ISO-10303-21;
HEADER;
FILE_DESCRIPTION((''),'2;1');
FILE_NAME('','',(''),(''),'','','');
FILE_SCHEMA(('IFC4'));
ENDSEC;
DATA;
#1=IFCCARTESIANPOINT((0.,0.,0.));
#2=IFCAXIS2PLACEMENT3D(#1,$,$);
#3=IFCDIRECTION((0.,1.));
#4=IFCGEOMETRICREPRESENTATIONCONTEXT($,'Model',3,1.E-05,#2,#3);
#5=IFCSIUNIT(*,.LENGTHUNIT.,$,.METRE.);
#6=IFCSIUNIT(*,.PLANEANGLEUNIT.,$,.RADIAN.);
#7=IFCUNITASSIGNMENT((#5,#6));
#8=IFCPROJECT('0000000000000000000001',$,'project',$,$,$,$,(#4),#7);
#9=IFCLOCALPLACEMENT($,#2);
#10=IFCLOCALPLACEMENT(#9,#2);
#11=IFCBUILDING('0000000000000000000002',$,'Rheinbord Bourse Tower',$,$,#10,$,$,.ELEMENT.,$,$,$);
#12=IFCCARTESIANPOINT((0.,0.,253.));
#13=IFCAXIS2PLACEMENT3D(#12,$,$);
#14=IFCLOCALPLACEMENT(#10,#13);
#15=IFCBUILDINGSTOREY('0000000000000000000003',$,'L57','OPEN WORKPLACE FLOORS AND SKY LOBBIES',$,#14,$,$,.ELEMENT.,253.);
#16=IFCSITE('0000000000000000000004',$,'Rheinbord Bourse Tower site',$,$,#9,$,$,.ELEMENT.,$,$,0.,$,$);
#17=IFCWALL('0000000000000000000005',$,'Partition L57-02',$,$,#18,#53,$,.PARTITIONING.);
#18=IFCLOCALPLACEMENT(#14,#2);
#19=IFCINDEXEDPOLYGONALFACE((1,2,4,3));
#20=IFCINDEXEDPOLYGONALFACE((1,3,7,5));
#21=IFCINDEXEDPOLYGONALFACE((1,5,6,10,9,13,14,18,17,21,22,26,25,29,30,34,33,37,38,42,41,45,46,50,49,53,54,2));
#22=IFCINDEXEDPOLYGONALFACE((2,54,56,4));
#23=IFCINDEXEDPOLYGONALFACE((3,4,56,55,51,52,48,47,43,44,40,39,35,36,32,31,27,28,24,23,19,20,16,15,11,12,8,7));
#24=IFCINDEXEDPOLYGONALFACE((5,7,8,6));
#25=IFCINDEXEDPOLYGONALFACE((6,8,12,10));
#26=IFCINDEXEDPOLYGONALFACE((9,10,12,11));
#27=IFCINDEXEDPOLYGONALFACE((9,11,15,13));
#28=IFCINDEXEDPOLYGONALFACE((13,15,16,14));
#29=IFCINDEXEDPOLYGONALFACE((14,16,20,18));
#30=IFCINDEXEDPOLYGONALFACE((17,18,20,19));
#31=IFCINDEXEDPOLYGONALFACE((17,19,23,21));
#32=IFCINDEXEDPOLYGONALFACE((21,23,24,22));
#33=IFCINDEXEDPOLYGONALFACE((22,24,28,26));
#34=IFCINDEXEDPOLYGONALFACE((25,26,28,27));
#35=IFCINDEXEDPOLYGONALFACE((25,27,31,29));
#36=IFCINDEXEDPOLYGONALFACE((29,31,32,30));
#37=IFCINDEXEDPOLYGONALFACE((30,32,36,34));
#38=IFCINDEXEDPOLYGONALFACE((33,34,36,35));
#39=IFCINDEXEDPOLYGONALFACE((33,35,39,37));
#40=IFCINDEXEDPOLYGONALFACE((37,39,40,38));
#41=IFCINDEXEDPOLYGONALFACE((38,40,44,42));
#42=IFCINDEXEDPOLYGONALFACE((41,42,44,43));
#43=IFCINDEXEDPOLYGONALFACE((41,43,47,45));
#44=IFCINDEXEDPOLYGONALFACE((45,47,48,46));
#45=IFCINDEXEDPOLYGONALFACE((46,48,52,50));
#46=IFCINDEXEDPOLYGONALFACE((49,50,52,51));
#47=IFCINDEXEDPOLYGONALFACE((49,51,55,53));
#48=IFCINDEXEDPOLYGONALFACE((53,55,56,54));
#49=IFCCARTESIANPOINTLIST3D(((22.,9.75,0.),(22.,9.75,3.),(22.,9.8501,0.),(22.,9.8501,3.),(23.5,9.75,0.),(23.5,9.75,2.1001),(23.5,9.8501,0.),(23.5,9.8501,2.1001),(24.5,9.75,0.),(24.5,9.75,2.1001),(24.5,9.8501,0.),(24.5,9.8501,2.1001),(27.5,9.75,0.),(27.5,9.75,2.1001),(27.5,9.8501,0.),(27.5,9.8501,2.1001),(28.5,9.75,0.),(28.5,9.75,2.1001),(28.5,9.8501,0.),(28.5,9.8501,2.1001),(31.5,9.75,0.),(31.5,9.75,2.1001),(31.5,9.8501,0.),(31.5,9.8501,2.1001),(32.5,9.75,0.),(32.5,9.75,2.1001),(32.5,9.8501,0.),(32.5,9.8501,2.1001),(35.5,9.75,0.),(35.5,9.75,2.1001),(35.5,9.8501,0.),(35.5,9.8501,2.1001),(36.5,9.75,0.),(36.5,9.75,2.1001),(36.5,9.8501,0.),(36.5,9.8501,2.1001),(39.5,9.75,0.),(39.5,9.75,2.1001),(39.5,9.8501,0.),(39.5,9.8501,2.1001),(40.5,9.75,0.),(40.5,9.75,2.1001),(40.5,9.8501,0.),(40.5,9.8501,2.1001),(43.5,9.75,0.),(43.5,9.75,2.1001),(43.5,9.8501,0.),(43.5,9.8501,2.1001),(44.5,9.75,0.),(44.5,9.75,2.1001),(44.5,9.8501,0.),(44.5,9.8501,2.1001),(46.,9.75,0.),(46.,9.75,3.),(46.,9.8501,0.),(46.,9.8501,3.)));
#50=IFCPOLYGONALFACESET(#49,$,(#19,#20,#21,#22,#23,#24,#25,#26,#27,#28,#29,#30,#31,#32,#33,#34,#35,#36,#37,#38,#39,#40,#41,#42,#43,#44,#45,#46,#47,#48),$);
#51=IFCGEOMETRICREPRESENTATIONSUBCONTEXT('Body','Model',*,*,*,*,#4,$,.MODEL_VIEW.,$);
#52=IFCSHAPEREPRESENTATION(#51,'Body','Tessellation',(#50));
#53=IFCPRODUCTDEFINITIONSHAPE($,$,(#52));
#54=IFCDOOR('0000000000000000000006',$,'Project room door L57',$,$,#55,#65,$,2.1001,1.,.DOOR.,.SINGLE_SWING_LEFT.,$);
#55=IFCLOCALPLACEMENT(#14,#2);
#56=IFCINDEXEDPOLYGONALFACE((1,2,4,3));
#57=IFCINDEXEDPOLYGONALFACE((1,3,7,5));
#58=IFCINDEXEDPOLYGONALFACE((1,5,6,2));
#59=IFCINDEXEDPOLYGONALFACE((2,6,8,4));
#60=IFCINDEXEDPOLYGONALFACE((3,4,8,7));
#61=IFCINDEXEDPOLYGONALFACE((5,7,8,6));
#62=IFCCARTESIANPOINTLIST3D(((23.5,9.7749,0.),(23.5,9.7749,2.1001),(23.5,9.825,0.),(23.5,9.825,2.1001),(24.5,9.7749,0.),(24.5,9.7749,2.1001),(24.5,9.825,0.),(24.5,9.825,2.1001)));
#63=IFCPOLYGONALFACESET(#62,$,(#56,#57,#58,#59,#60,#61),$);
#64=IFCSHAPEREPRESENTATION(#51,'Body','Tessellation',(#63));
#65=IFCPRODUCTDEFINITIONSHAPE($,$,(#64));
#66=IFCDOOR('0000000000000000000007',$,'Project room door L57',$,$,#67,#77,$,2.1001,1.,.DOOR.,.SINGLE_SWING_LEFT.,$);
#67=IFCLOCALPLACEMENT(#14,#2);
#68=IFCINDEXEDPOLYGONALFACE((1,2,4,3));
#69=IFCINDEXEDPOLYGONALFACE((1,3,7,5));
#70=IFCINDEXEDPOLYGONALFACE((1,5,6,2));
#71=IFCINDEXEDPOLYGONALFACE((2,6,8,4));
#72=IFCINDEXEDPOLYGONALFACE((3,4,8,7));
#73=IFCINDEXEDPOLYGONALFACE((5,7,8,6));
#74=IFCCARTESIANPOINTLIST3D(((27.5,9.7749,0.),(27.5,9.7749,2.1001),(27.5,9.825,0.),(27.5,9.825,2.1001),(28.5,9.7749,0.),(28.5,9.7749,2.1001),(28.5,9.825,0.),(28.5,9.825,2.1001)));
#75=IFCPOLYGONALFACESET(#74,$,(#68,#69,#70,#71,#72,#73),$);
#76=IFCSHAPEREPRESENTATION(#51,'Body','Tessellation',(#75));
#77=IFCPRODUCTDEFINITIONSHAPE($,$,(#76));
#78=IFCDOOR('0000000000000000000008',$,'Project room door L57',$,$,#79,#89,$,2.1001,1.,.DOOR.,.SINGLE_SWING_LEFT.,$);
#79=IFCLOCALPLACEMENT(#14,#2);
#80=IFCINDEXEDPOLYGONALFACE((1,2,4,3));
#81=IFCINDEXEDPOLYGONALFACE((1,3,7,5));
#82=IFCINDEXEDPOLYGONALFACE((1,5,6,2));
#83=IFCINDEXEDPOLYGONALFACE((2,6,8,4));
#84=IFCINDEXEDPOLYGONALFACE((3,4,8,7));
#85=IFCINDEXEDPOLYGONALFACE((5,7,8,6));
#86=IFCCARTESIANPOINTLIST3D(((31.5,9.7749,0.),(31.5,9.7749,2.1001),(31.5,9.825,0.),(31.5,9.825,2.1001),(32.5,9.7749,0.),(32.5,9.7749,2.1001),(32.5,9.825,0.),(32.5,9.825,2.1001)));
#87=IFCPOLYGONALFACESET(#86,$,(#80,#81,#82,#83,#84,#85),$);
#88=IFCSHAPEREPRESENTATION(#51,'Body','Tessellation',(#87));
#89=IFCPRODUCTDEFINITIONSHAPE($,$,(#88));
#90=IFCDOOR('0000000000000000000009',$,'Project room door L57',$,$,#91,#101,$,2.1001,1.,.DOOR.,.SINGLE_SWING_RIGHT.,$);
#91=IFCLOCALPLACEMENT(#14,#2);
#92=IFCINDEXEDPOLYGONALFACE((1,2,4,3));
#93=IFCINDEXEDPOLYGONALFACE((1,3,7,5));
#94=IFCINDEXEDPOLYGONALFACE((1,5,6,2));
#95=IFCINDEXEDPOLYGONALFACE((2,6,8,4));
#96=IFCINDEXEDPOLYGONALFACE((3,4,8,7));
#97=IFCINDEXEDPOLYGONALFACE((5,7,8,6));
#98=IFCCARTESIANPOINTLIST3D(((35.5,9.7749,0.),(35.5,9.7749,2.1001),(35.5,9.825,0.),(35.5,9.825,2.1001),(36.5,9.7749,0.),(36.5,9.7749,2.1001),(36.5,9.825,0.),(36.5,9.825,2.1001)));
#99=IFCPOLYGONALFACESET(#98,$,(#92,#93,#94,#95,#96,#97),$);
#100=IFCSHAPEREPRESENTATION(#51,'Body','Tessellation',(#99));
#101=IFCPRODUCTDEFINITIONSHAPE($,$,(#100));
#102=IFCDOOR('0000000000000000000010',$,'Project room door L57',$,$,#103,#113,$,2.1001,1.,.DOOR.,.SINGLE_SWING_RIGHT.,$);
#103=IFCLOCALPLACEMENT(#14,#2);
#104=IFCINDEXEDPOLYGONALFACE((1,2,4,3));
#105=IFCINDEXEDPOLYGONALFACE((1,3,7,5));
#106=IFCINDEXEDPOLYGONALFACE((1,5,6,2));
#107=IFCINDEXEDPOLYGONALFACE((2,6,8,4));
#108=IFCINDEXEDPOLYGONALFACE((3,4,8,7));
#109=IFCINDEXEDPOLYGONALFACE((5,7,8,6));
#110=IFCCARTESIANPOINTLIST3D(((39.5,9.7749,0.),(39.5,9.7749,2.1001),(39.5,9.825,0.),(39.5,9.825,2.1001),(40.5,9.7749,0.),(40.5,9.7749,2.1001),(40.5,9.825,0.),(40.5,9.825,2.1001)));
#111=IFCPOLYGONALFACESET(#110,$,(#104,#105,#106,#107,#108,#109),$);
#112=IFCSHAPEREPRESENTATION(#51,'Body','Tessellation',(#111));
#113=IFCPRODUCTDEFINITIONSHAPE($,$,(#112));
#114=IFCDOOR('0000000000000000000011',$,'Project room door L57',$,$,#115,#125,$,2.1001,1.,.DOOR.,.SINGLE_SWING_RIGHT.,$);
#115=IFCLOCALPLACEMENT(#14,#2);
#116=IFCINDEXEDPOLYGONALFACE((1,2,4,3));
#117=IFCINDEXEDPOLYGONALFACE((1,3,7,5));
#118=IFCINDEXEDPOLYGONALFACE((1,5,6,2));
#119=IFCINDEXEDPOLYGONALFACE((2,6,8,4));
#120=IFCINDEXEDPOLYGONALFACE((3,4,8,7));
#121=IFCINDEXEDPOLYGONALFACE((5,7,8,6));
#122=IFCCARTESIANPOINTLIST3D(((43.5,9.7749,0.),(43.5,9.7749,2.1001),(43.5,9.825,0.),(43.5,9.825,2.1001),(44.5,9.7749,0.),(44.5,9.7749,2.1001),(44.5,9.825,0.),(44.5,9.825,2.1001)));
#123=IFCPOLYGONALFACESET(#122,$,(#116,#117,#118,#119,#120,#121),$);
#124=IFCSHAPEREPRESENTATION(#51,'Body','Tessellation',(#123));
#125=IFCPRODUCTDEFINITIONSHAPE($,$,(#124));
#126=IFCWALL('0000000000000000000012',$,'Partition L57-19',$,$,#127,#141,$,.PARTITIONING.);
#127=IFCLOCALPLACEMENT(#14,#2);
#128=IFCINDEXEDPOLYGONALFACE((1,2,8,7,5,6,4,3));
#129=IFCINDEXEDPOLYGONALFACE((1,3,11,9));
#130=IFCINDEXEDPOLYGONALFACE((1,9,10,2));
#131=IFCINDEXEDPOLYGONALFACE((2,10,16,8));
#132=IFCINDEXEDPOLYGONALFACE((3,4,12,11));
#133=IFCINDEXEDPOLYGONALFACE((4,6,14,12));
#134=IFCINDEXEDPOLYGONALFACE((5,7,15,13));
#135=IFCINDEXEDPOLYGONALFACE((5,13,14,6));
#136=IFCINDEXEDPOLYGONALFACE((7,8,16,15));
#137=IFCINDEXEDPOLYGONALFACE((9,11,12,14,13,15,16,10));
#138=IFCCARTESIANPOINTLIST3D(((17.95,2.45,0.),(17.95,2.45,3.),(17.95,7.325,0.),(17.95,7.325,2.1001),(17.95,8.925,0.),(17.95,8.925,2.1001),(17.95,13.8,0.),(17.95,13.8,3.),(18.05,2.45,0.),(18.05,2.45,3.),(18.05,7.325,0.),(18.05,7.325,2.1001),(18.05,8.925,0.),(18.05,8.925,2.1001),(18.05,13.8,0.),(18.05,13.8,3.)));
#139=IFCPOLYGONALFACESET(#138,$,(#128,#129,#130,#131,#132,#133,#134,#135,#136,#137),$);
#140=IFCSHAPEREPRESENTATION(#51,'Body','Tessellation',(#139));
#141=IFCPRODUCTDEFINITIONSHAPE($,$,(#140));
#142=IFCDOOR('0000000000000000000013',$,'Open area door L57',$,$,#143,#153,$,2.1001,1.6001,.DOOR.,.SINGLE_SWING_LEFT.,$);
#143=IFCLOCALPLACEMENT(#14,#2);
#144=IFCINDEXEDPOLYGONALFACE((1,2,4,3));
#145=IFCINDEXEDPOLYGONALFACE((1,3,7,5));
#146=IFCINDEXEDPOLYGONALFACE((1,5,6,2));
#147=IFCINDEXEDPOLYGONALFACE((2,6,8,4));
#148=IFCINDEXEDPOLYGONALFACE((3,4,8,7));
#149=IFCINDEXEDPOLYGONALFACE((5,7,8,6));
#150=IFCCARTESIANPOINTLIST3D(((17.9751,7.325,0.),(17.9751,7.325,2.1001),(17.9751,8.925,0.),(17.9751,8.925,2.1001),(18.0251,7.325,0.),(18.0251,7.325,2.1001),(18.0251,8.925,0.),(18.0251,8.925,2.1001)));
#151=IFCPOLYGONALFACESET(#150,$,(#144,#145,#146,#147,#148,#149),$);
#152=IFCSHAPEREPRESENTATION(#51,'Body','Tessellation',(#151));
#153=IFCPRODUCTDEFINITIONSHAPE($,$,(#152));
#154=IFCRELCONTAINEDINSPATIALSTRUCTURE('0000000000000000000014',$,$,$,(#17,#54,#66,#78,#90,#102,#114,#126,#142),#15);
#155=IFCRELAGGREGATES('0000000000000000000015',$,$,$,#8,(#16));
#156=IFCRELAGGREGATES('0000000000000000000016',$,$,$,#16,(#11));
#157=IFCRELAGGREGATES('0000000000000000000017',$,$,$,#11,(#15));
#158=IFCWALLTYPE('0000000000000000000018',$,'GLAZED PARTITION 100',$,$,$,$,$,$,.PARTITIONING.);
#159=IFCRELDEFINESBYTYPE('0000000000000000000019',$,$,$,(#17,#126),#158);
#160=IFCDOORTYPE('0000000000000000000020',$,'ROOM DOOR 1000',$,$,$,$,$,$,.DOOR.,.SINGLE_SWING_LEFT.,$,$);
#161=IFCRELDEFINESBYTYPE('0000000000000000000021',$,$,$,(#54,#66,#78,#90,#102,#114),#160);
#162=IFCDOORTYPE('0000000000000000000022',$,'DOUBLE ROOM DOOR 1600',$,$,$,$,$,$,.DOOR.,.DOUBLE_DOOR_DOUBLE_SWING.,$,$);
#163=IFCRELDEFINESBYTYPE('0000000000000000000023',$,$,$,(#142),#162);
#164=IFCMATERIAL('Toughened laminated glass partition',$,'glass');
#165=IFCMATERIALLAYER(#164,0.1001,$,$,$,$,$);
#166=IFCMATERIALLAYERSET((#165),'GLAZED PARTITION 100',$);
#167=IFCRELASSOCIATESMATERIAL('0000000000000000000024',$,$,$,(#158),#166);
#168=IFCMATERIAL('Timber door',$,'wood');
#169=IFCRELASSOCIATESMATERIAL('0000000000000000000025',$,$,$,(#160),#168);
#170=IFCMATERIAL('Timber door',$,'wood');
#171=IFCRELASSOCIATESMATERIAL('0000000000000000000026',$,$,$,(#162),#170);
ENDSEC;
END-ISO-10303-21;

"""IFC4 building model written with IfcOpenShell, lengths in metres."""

from ifc_helpers import new_model, si_unit, direction, frame, frame_2d, origin, place, context, subcontext, project, spatial, rectangle, extrude, material, layer, layer_set, type_object, element, fill, save


model = new_model("IFC4")

# Units and contexts
model_context = context("Model", 3, precision=1e-05, world=origin(), true_north=direction((0.0, 1.0)))
body_context = subcontext(model_context, "Body", "Model", "MODEL_VIEW")
ifc_project = project(units=[si_unit("LENGTHUNIT", "METRE"), si_unit("PLANEANGLEUNIT", "RADIAN")], contexts=[model_context])

# Site, building, storey
site_placement = place(None, origin())
site = spatial("IfcSite", under=ifc_project, at=site_placement, Name="Rheinbord Bourse Tower site", CompositionType="ELEMENT", RefElevation=0.0)
building_placement = place(site_placement, origin())
building = spatial("IfcBuilding", under=site, at=building_placement, Name="Rheinbord Bourse Tower", CompositionType="ELEMENT")
storey_placement = place(building_placement, frame((0.0, 0.0, 253.0)))
storey = spatial("IfcBuildingStorey", under=building, at=storey_placement, Name="L57", Description="OPEN WORKPLACE FLOORS AND SKY LOBBIES", CompositionType="ELEMENT", Elevation=253.0)

# Wall, openings, doors
ifc_material_1 = material(Name="Toughened laminated glass partition", Category="glass")
ifc_layer_1 = layer(ifc_material_1, 0.1001)
ifc_layer_set_1 = layer_set([ifc_layer_1], Name="GLAZED PARTITION 100")
wall_type = type_object("IfcWallType", Name="GLAZED PARTITION 100", PredefinedType="PARTITIONING", material=ifc_layer_set_1)
wall_1_placement = place(storey_placement, frame((22.0, 9.8, 0.0), z_axis=(0.0, 0.0, 1.0), x_axis=(1.0, 0.0, 0.0)))
wall_1 = element("IfcWall", 1, at=wall_1_placement, inside=storey, type_object=wall_type, Name="Partition L57-02", PredefinedType="PARTITIONING", context=body_context, shape_type="SweptSolid", body=[
    extrude(rectangle(XDim=24.0, YDim=0.1001, at=frame_2d((12.0, 0.0))), origin(), (0.0, 0.0, 1.0), 3.0),
])
opening_1_placement = place(wall_1_placement, frame((1.5, 0.0, 0.0)))
opening_1 = element("IfcOpeningElement", 2, at=opening_1_placement, cuts=wall_1, PredefinedType="OPENING", context=body_context, shape_type="SweptSolid", body=[
    extrude(rectangle(XDim=1.0, YDim=2.1001, at=frame_2d((0.5, 1.05))), frame((0.0, 0.0601, 0.0), z_axis=(0.0, -1.0, 0.0), x_axis=(1.0, 0.0, 0.0)), (0.0, 0.0, 1.0), 0.1201),
])
opening_2_placement = place(wall_1_placement, frame((5.5, 0.0, 0.0)))
opening_2 = element("IfcOpeningElement", 3, at=opening_2_placement, cuts=wall_1, PredefinedType="OPENING", context=body_context, shape_type="SweptSolid", body=[
    extrude(rectangle(XDim=1.0, YDim=2.1001, at=frame_2d((0.5, 1.05))), frame((0.0, 0.0601, 0.0), z_axis=(0.0, -1.0, 0.0), x_axis=(1.0, 0.0, 0.0)), (0.0, 0.0, 1.0), 0.1201),
])
opening_3_placement = place(wall_1_placement, frame((9.5, 0.0, 0.0)))
opening_3 = element("IfcOpeningElement", 4, at=opening_3_placement, cuts=wall_1, PredefinedType="OPENING", context=body_context, shape_type="SweptSolid", body=[
    extrude(rectangle(XDim=1.0, YDim=2.1001, at=frame_2d((0.5, 1.05))), frame((0.0, 0.0601, 0.0), z_axis=(0.0, -1.0, 0.0), x_axis=(1.0, 0.0, 0.0)), (0.0, 0.0, 1.0), 0.1201),
])
opening_4_placement = place(wall_1_placement, frame((13.5, 0.0, 0.0)))
opening_4 = element("IfcOpeningElement", 5, at=opening_4_placement, cuts=wall_1, PredefinedType="OPENING", context=body_context, shape_type="SweptSolid", body=[
    extrude(rectangle(XDim=1.0, YDim=2.1001, at=frame_2d((0.5, 1.05))), frame((0.0, 0.0601, 0.0), z_axis=(0.0, -1.0, 0.0), x_axis=(1.0, 0.0, 0.0)), (0.0, 0.0, 1.0), 0.1201),
])
opening_5_placement = place(wall_1_placement, frame((17.5, 0.0, 0.0)))
opening_5 = element("IfcOpeningElement", 6, at=opening_5_placement, cuts=wall_1, PredefinedType="OPENING", context=body_context, shape_type="SweptSolid", body=[
    extrude(rectangle(XDim=1.0, YDim=2.1001, at=frame_2d((0.5, 1.05))), frame((0.0, 0.0601, 0.0), z_axis=(0.0, -1.0, 0.0), x_axis=(1.0, 0.0, 0.0)), (0.0, 0.0, 1.0), 0.1201),
])
opening_6_placement = place(wall_1_placement, frame((21.5, 0.0, 0.0)))
opening_6 = element("IfcOpeningElement", 7, at=opening_6_placement, cuts=wall_1, PredefinedType="OPENING", context=body_context, shape_type="SweptSolid", body=[
    extrude(rectangle(XDim=1.0, YDim=2.1001, at=frame_2d((0.5, 1.05))), frame((0.0, 0.0601, 0.0), z_axis=(0.0, -1.0, 0.0), x_axis=(1.0, 0.0, 0.0)), (0.0, 0.0, 1.0), 0.1201),
])
ifc_material_2 = material(Name="Timber door", Category="wood")
door_type_1 = type_object("IfcDoorType", Name="ROOM DOOR 1000", OperationType="SINGLE_SWING_LEFT", PredefinedType="DOOR", material=ifc_material_2)
door_1_placement = place(opening_1_placement, origin())
door_1 = element("IfcDoor", 8, at=door_1_placement, inside=storey, type_object=door_type_1, Name="Project room door L57", OperationType="SINGLE_SWING_LEFT", OverallHeight=2.1001, OverallWidth=1.0, PredefinedType="DOOR", context=body_context, shape_type="SweptSolid", body=[
    extrude(rectangle(XDim=1.0, YDim=2.1001, at=frame_2d((0.5, 1.05))), frame((0.0, 0.0249, 0.0), z_axis=(0.0, -1.0, 0.0), x_axis=(1.0, 0.0, 0.0)), (0.0, 0.0, 1.0), 0.05),
])
fill(opening_1, door_1)
door_2_placement = place(opening_2_placement, origin())
door_2 = element("IfcDoor", 9, at=door_2_placement, inside=storey, type_object=door_type_1, Name="Project room door L57", OperationType="SINGLE_SWING_LEFT", OverallHeight=2.1001, OverallWidth=1.0, PredefinedType="DOOR", context=body_context, shape_type="SweptSolid", body=[
    extrude(rectangle(XDim=1.0, YDim=2.1001, at=frame_2d((0.5, 1.05))), frame((0.0, 0.0249, 0.0), z_axis=(0.0, -1.0, 0.0), x_axis=(1.0, 0.0, 0.0)), (0.0, 0.0, 1.0), 0.05),
])
fill(opening_2, door_2)
door_3_placement = place(opening_3_placement, origin())
door_3 = element("IfcDoor", 10, at=door_3_placement, inside=storey, type_object=door_type_1, Name="Project room door L57", OperationType="SINGLE_SWING_LEFT", OverallHeight=2.1001, OverallWidth=1.0, PredefinedType="DOOR", context=body_context, shape_type="SweptSolid", body=[
    extrude(rectangle(XDim=1.0, YDim=2.1001, at=frame_2d((0.5, 1.05))), frame((0.0, 0.0249, 0.0), z_axis=(0.0, -1.0, 0.0), x_axis=(1.0, 0.0, 0.0)), (0.0, 0.0, 1.0), 0.05),
])
fill(opening_3, door_3)
door_4_placement = place(opening_4_placement, origin())
door_4 = element("IfcDoor", 11, at=door_4_placement, inside=storey, type_object=door_type_1, Name="Project room door L57", OperationType="SINGLE_SWING_RIGHT", OverallHeight=2.1001, OverallWidth=1.0, PredefinedType="DOOR", context=body_context, shape_type="SweptSolid", body=[
    extrude(rectangle(XDim=1.0, YDim=2.1001, at=frame_2d((0.5, 1.05))), frame((0.0, 0.0249, 0.0), z_axis=(0.0, -1.0, 0.0), x_axis=(1.0, 0.0, 0.0)), (0.0, 0.0, 1.0), 0.05),
])
fill(opening_4, door_4)
door_5_placement = place(opening_5_placement, origin())
door_5 = element("IfcDoor", 12, at=door_5_placement, inside=storey, type_object=door_type_1, Name="Project room door L57", OperationType="SINGLE_SWING_RIGHT", OverallHeight=2.1001, OverallWidth=1.0, PredefinedType="DOOR", context=body_context, shape_type="SweptSolid", body=[
    extrude(rectangle(XDim=1.0, YDim=2.1001, at=frame_2d((0.5, 1.05))), frame((0.0, 0.0249, 0.0), z_axis=(0.0, -1.0, 0.0), x_axis=(1.0, 0.0, 0.0)), (0.0, 0.0, 1.0), 0.05),
])
fill(opening_5, door_5)
door_6_placement = place(opening_6_placement, origin())
door_6 = element("IfcDoor", 13, at=door_6_placement, inside=storey, type_object=door_type_1, Name="Project room door L57", OperationType="SINGLE_SWING_RIGHT", OverallHeight=2.1001, OverallWidth=1.0, PredefinedType="DOOR", context=body_context, shape_type="SweptSolid", body=[
    extrude(rectangle(XDim=1.0, YDim=2.1001, at=frame_2d((0.5, 1.05))), frame((0.0, 0.0249, 0.0), z_axis=(0.0, -1.0, 0.0), x_axis=(1.0, 0.0, 0.0)), (0.0, 0.0, 1.0), 0.05),
])
fill(opening_6, door_6)

# Wall, opening, door
wall_2_placement = place(storey_placement, frame((18.0, 2.45, 0.0), z_axis=(0.0, 0.0, 1.0), x_axis=(0.0, 1.0, 0.0)))
wall_2 = element("IfcWall", 14, at=wall_2_placement, inside=storey, type_object=wall_type, Name="Partition L57-19", PredefinedType="PARTITIONING", context=body_context, shape_type="SweptSolid", body=[
    extrude(rectangle(XDim=11.3501, YDim=0.1001, at=frame_2d((5.675, 0.0))), origin(), (0.0, 0.0, 1.0), 3.0),
])
opening_7_placement = place(wall_2_placement, frame((4.875, 0.0, 0.0)))
opening_7 = element("IfcOpeningElement", 15, at=opening_7_placement, cuts=wall_2, PredefinedType="OPENING", context=body_context, shape_type="SweptSolid", body=[
    extrude(rectangle(XDim=1.6001, YDim=2.1001, at=frame_2d((0.8, 1.05))), frame((0.0, 0.0601, 0.0), z_axis=(0.0, -1.0, 0.0), x_axis=(1.0, 0.0, 0.0)), (0.0, 0.0, 1.0), 0.1201),
])
ifc_material_3 = material(Name="Timber door", Category="wood")
door_type_2 = type_object("IfcDoorType", Name="DOUBLE ROOM DOOR 1600", OperationType="DOUBLE_DOOR_DOUBLE_SWING", PredefinedType="DOOR", material=ifc_material_3)
door_7_placement = place(opening_7_placement, origin())
door_7 = element("IfcDoor", 16, at=door_7_placement, inside=storey, type_object=door_type_2, Name="Open area door L57", OperationType="SINGLE_SWING_LEFT", OverallHeight=2.1001, OverallWidth=1.6001, PredefinedType="DOOR", context=body_context, shape_type="SweptSolid", body=[
    extrude(rectangle(XDim=1.6001, YDim=2.1001, at=frame_2d((0.8, 1.05))), frame((0.0, 0.0249, 0.0), z_axis=(0.0, -1.0, 0.0), x_axis=(1.0, 0.0, 0.0)), (0.0, 0.0, 1.0), 0.05),
])
fill(opening_7, door_7)

save(model, "model.ifc")
